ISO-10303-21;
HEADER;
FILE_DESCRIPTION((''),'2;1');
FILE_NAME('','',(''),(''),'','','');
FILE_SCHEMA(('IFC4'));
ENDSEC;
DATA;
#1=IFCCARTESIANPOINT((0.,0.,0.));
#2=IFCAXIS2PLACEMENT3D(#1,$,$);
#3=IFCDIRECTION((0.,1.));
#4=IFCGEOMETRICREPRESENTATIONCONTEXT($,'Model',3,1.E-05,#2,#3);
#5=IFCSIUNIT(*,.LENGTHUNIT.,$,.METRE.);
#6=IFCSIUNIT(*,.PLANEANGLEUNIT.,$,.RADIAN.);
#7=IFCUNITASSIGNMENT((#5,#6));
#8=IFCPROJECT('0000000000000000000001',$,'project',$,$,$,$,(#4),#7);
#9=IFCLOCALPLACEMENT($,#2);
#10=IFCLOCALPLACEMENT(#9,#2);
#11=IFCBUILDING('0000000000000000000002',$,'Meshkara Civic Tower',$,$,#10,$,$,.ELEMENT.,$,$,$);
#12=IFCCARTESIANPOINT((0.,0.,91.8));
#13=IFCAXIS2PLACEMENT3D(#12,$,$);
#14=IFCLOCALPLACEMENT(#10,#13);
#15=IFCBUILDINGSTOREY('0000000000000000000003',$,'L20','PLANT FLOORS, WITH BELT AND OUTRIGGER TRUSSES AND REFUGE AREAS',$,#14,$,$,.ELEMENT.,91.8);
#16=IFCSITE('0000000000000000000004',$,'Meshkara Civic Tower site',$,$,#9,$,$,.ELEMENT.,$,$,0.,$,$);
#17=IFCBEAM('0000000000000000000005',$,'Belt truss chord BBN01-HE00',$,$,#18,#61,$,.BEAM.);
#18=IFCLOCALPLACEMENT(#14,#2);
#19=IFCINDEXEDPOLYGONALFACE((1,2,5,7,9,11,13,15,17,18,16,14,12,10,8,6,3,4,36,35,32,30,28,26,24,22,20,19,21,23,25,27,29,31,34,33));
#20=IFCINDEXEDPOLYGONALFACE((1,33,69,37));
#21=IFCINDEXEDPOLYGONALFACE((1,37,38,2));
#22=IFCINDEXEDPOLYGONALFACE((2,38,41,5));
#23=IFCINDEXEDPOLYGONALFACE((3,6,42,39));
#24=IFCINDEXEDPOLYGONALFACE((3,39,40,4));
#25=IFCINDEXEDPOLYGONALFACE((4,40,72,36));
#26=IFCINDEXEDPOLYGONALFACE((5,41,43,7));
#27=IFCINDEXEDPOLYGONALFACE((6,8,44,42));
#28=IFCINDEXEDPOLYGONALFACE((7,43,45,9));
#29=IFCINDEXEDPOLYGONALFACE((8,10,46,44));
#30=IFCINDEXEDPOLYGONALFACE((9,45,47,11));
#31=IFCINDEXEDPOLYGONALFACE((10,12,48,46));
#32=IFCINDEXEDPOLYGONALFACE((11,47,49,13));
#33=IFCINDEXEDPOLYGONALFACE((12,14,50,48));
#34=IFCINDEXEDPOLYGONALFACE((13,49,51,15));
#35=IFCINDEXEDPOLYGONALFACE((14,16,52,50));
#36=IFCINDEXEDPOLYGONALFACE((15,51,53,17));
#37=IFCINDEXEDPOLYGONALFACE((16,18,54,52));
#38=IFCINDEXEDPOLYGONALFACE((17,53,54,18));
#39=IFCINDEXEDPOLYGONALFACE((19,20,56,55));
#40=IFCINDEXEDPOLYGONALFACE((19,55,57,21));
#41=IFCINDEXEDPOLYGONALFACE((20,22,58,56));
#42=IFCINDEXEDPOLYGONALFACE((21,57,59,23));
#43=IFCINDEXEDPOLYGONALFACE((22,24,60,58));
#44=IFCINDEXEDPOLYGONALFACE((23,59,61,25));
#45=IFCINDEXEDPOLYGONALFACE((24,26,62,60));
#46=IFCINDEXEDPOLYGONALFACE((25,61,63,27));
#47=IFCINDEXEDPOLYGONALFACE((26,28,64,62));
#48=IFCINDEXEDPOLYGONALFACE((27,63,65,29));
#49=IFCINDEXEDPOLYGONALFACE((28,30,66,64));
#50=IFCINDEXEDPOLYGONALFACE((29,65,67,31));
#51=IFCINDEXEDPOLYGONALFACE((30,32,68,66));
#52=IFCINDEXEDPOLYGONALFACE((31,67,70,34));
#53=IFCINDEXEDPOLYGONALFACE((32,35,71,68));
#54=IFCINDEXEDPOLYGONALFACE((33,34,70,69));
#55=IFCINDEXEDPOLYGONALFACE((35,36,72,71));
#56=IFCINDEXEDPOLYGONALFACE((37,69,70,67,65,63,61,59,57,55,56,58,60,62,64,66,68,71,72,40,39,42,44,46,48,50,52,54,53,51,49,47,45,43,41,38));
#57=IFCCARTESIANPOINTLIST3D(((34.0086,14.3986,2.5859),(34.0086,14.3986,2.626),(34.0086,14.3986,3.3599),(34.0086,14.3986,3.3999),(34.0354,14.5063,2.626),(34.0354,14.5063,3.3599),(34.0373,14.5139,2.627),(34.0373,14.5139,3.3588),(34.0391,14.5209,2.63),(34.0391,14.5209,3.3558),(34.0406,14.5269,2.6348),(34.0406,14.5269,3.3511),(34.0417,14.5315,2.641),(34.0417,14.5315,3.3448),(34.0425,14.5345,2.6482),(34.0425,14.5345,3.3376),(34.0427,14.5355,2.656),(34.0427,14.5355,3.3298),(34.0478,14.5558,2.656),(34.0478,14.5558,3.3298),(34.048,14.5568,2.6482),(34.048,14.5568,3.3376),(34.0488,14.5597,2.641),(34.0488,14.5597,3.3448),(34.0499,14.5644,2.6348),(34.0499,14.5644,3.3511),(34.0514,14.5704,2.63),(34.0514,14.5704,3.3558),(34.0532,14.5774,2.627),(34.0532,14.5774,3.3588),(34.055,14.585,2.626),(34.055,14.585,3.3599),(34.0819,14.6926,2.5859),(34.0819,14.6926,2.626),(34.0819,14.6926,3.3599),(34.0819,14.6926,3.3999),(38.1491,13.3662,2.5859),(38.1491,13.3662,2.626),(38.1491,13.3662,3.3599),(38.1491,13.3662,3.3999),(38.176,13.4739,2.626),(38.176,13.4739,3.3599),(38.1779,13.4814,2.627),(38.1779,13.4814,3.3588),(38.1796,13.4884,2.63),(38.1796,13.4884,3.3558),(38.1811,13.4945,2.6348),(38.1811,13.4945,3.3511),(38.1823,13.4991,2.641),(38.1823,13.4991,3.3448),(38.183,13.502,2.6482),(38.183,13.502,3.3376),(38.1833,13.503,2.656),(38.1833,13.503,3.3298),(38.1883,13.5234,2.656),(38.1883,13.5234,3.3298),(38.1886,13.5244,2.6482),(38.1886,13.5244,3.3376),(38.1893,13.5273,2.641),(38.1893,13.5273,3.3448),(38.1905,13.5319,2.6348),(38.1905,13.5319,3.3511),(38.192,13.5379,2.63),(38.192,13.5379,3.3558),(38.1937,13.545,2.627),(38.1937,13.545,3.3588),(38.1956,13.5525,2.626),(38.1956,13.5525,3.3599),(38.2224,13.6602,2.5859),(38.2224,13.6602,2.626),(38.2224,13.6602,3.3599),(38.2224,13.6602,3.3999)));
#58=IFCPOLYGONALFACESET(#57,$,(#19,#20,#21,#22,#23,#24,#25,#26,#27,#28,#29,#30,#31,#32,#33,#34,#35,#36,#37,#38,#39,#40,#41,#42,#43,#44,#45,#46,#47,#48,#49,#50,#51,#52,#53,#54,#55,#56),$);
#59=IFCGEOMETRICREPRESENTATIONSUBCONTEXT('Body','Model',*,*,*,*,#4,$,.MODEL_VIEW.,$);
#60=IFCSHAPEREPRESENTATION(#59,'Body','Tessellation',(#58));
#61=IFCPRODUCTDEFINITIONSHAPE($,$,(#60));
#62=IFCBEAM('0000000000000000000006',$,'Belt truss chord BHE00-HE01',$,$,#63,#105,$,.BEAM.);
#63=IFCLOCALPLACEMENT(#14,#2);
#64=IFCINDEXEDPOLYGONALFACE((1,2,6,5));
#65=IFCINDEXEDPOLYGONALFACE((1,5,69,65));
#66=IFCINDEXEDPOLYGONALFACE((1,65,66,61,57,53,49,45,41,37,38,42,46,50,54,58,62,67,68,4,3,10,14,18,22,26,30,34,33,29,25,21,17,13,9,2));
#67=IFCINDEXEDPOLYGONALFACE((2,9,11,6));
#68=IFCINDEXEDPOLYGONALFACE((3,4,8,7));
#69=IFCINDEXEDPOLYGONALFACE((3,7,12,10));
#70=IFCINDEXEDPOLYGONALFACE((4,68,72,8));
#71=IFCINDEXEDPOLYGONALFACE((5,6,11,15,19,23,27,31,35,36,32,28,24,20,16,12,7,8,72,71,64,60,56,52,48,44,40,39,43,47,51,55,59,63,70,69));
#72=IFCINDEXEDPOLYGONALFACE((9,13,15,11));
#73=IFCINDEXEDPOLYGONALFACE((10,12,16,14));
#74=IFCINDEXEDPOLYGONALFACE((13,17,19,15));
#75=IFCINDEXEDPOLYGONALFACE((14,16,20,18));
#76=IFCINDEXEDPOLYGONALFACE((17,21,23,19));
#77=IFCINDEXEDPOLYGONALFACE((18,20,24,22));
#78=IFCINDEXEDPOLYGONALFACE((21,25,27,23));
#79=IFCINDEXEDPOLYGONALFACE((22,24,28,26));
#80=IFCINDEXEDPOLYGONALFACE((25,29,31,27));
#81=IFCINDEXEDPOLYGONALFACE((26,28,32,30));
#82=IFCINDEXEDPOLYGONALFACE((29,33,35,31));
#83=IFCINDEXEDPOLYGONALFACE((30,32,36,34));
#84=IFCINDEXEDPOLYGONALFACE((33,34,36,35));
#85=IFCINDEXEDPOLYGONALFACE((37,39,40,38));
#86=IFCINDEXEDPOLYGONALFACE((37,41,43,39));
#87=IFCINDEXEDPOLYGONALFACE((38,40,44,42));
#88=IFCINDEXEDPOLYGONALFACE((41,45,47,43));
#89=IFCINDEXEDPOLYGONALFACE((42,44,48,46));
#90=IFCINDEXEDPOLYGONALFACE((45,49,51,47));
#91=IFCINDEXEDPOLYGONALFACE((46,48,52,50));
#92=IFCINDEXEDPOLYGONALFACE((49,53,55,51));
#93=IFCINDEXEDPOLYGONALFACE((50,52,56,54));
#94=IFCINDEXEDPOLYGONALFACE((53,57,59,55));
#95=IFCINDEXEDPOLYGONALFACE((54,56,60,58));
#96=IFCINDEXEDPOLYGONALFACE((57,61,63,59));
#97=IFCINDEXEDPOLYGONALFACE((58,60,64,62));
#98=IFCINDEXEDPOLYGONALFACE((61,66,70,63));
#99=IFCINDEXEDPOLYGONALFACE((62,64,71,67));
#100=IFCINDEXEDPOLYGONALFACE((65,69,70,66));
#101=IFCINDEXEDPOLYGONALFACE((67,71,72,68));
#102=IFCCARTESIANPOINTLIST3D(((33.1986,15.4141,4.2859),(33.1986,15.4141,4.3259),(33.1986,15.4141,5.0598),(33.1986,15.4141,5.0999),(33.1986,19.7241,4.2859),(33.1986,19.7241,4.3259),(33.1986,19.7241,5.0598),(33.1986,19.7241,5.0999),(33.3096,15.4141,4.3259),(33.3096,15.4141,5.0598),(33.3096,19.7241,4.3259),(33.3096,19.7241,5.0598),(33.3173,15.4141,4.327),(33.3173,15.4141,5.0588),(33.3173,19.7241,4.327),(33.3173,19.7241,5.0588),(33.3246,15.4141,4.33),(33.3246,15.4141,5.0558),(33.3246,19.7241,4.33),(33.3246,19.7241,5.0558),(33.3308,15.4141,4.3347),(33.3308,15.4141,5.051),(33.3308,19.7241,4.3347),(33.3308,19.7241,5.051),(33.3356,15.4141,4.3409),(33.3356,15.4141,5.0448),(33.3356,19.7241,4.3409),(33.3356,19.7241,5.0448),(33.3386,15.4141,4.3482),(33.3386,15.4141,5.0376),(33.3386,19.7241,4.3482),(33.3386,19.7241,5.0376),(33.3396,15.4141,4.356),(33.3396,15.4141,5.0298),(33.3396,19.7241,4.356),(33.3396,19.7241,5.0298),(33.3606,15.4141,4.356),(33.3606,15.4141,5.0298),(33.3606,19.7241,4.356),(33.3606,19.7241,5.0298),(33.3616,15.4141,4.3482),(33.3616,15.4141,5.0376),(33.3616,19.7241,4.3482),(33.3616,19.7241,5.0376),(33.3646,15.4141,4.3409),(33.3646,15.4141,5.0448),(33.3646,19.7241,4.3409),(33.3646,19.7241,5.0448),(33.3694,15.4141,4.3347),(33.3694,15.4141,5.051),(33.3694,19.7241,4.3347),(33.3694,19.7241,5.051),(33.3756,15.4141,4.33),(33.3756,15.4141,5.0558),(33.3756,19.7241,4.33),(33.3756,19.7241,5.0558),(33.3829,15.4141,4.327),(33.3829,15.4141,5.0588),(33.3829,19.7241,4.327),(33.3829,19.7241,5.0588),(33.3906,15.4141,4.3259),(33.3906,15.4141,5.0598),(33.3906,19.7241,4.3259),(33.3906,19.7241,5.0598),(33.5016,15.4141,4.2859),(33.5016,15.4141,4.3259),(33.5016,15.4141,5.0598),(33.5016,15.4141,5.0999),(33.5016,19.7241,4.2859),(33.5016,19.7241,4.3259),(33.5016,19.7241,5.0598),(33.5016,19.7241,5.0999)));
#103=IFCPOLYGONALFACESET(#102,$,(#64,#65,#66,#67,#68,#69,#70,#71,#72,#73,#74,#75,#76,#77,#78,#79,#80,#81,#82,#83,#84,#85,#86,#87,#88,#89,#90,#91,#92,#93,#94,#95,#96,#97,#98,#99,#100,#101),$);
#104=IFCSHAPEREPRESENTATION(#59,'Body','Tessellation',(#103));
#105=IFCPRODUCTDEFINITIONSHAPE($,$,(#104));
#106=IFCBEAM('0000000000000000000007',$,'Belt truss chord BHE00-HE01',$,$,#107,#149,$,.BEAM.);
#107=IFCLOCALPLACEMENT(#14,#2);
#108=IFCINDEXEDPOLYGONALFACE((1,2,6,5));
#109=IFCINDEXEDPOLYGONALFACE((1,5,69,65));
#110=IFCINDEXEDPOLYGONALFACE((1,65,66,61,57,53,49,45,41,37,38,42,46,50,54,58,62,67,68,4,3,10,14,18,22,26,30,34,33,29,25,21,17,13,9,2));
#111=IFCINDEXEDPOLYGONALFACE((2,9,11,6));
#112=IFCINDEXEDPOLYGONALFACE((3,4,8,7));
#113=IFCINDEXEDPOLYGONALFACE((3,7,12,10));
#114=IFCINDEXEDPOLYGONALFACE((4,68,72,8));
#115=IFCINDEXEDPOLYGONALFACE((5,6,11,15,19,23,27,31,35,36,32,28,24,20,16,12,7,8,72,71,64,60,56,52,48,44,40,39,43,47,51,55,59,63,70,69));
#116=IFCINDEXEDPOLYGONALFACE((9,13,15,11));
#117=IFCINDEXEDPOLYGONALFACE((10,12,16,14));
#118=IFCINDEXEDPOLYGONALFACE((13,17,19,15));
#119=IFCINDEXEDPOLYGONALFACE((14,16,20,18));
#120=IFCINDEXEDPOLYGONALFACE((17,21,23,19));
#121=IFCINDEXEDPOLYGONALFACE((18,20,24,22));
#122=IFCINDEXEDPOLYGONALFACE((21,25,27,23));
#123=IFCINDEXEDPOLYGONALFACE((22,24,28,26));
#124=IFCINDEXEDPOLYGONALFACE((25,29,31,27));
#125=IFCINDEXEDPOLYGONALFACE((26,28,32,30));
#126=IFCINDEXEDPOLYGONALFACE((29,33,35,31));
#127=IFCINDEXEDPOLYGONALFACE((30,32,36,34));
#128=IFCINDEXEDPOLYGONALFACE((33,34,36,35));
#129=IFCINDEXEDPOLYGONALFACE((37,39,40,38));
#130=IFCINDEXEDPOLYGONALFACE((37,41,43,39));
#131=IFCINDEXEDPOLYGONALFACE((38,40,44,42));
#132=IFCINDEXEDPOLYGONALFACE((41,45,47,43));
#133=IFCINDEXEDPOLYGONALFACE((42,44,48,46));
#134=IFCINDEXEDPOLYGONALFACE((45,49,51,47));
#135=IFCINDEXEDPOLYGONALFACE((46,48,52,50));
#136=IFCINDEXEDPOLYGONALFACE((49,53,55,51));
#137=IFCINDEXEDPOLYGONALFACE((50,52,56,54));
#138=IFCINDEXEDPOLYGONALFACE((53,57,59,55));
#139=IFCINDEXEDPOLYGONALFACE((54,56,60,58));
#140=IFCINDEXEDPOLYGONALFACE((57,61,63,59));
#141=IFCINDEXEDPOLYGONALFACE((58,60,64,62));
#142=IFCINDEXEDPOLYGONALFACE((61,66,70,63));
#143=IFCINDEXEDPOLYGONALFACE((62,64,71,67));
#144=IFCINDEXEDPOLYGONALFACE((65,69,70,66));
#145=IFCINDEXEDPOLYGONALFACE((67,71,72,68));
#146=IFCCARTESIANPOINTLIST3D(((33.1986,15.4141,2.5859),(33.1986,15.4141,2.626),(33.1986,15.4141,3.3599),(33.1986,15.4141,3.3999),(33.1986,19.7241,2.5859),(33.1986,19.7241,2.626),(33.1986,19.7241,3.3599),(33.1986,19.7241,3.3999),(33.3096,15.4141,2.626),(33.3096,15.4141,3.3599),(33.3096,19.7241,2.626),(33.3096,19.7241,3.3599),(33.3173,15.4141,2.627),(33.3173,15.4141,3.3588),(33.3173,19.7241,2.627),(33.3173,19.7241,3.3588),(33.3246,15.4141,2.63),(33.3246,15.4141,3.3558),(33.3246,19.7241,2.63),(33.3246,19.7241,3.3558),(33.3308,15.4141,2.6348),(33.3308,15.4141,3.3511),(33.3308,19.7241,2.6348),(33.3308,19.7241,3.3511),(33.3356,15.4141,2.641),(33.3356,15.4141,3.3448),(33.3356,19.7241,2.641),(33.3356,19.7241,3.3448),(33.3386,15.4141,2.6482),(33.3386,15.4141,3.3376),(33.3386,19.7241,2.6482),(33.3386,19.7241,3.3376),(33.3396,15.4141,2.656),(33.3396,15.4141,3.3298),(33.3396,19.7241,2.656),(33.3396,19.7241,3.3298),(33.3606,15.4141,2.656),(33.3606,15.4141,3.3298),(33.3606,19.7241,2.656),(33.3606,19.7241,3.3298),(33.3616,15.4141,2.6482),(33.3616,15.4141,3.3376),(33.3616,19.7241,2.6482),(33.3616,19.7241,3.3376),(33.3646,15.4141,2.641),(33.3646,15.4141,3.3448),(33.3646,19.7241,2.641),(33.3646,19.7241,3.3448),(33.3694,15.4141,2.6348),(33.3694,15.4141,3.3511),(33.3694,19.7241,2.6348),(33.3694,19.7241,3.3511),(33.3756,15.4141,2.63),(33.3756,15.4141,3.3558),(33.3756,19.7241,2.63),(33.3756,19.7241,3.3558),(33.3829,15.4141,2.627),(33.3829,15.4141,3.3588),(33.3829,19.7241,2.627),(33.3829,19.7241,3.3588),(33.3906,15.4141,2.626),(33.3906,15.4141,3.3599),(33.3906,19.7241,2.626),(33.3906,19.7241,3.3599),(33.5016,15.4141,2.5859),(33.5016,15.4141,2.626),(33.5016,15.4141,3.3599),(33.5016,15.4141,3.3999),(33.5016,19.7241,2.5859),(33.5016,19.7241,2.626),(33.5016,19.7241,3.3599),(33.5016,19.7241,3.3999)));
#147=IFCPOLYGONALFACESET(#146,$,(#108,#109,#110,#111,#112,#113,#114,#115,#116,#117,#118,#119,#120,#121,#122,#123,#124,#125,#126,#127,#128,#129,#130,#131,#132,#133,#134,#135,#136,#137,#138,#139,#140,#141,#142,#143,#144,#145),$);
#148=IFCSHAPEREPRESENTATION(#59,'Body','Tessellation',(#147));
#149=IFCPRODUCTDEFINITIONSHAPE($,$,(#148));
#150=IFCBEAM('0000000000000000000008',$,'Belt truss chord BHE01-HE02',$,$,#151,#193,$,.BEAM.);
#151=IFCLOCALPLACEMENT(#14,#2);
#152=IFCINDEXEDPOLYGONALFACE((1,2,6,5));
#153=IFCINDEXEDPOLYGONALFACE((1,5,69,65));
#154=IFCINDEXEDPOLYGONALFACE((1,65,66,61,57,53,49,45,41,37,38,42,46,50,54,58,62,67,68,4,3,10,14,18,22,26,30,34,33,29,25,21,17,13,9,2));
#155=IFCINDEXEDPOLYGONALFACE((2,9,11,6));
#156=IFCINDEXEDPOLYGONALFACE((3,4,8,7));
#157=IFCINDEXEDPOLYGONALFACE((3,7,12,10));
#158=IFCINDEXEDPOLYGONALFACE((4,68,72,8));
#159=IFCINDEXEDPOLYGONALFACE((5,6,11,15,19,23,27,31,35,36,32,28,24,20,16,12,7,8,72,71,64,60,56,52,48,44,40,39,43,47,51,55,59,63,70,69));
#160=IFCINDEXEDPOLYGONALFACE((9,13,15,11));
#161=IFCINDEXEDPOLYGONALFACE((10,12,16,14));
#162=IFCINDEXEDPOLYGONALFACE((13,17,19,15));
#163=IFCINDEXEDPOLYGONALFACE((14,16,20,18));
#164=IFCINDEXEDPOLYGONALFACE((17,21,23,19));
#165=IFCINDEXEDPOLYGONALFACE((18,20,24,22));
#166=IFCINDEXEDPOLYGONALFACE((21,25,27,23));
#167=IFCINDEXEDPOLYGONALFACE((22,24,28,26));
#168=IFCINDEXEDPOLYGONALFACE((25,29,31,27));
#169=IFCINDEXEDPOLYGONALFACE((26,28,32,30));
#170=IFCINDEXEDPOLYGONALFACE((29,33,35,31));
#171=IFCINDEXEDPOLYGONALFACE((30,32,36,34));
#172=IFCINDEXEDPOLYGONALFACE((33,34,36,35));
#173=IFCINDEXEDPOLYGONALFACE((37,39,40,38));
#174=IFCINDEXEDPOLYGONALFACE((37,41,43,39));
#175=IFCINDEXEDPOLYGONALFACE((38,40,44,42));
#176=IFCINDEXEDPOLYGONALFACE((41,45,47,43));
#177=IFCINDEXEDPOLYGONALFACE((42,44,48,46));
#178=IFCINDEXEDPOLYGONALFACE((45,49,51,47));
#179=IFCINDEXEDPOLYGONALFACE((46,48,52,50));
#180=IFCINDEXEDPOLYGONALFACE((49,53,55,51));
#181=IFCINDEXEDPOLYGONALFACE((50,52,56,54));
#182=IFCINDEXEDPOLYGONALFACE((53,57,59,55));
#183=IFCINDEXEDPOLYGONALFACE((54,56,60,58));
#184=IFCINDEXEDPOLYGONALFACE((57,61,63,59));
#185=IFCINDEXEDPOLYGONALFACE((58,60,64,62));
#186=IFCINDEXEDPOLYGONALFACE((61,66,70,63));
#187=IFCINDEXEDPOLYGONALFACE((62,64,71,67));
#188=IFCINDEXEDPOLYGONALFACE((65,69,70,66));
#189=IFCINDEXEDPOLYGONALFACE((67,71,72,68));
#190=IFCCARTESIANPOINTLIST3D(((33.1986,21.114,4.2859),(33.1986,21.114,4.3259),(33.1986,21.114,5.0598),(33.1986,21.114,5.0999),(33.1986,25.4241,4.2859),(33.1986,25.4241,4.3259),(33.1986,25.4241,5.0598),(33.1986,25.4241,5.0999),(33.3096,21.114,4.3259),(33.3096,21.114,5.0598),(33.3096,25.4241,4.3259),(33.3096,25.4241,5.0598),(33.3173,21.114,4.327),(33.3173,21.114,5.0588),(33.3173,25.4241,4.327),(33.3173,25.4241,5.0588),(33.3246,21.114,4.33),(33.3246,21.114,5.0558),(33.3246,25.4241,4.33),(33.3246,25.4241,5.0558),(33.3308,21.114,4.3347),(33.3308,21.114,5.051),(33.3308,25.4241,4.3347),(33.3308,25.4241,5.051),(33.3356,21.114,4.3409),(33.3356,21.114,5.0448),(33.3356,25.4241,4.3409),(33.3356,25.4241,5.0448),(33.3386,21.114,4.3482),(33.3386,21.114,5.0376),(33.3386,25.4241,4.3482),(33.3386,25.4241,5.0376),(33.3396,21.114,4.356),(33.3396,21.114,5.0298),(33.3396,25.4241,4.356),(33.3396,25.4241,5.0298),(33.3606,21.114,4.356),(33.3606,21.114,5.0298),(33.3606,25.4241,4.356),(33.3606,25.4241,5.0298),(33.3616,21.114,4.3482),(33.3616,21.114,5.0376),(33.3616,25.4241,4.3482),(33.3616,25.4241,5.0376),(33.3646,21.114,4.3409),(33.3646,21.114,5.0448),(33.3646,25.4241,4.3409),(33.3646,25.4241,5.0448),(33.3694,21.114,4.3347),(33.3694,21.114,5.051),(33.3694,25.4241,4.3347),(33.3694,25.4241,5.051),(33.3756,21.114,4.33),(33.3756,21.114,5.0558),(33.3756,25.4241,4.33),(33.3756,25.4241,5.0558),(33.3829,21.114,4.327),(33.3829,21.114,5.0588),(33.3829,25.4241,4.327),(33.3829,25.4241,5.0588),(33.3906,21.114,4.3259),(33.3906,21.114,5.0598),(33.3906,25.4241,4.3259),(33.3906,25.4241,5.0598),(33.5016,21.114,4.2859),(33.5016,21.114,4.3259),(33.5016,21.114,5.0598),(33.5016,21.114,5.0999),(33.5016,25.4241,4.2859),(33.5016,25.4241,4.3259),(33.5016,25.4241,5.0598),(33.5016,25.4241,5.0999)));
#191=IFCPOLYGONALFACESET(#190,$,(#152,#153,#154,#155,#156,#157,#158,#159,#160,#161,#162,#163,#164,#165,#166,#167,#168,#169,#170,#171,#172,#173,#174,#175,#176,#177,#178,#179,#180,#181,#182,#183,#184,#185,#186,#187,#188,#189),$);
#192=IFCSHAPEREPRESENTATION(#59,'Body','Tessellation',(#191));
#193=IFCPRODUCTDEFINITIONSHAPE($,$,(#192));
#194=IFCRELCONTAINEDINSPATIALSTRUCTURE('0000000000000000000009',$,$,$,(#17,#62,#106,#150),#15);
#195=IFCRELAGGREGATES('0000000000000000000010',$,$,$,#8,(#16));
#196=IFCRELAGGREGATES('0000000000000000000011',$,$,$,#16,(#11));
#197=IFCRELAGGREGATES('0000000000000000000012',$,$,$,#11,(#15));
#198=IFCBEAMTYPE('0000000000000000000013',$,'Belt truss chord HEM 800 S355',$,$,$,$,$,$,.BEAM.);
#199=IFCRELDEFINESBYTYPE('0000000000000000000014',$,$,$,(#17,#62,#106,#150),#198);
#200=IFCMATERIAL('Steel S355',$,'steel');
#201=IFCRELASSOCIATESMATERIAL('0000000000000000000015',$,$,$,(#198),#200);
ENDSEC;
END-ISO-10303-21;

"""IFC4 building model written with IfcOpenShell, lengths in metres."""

from ifc_helpers import new_model, si_unit, direction, frame, origin, origin_2d, place, context, subcontext, project, spatial, i_section, extrude, material, material_profile, profile_set, type_object, element, save


model = new_model("IFC4")

# Units and contexts
model_context = context("Model", 3, precision=1e-05, world=origin(), true_north=direction((0.0, 1.0)))
body_context = subcontext(model_context, "Body", "Model", "MODEL_VIEW")
ifc_project = project(units=[si_unit("LENGTHUNIT", "METRE"), si_unit("PLANEANGLEUNIT", "RADIAN")], contexts=[model_context])

# Site, building, storey
site_placement = place(None, origin())
site = spatial("IfcSite", under=ifc_project, at=site_placement, Name="Meshkara Civic Tower site", CompositionType="ELEMENT", RefElevation=0.0)
building_placement = place(site_placement, origin())
building = spatial("IfcBuilding", under=site, at=building_placement, Name="Meshkara Civic Tower", CompositionType="ELEMENT")
storey_placement = place(building_placement, frame((0.0, 0.0, 91.8)))
storey = spatial("IfcBuildingStorey", under=building, at=storey_placement, Name="L20", Description="PLANT FLOORS, WITH BELT AND OUTRIGGER TRUSSES AND REFUGE AREAS", CompositionType="ELEMENT", Elevation=91.8)

# Beams
ifc_material_1 = material(Name="Steel S355", Category="steel")
ifc_material_profile_1 = material_profile(ifc_material_1, i_section(OverallWidth=0.303, OverallDepth=0.814, WebThickness=0.021, FlangeThickness=0.04, FilletRadius=0.03, at=origin_2d()))
ifc_profile_set_1 = profile_set([ifc_material_profile_1], Name="Steel S355")
beam_type = type_object("IfcBeamType", Name="Belt truss chord HEM 800 S355", PredefinedType="BEAM", material=ifc_profile_set_1)
for number, where, z_axis, x_axis, name in (
    (1, (38.1858, 13.5132, 2.9929), (-0.97029, 0.241943, 0.0), (-0.241943, -0.97029, 0.0), "Belt truss chord BBN01-HE00"),
):
    element("IfcBeam", number, at=place(storey_placement, frame(where, z_axis=z_axis, x_axis=x_axis)), inside=storey, type_object=beam_type, Name=name, PredefinedType="BEAM", context=body_context, shape_type="SweptSolid", body=[
        extrude(i_section(OverallWidth=0.303, OverallDepth=0.814, WebThickness=0.021, FlangeThickness=0.04, FilletRadius=0.03, at=origin_2d()), origin(), (0.0, 0.0, 1.0), 4.2673),
    ])
for number, where, z_axis, x_axis, name in (
    (2, (33.3501, 15.4141, 4.6929), (0.0, 1.0, 0.0), (-1.0, 0.0, 0.0), "Belt truss chord BHE00-HE01"),
    (3, (33.3501, 15.4141, 2.9929), (0.0, 1.0, 0.0), (-1.0, 0.0, 0.0), "Belt truss chord BHE00-HE01"),
    (4, (33.3501, 21.114, 4.6929), (0.0, 1.0, 0.0), (-1.0, 0.0, 0.0), "Belt truss chord BHE01-HE02"),
):
    element("IfcBeam", number, at=place(storey_placement, frame(where, z_axis=z_axis, x_axis=x_axis)), inside=storey, type_object=beam_type, Name=name, PredefinedType="BEAM", context=body_context, shape_type="SweptSolid", body=[
        extrude(i_section(OverallWidth=0.303, OverallDepth=0.814, WebThickness=0.021, FlangeThickness=0.04, FilletRadius=0.03, at=origin_2d()), origin(), (0.0, 0.0, 1.0), 4.3101),
    ])

save(model, "model.ifc")
